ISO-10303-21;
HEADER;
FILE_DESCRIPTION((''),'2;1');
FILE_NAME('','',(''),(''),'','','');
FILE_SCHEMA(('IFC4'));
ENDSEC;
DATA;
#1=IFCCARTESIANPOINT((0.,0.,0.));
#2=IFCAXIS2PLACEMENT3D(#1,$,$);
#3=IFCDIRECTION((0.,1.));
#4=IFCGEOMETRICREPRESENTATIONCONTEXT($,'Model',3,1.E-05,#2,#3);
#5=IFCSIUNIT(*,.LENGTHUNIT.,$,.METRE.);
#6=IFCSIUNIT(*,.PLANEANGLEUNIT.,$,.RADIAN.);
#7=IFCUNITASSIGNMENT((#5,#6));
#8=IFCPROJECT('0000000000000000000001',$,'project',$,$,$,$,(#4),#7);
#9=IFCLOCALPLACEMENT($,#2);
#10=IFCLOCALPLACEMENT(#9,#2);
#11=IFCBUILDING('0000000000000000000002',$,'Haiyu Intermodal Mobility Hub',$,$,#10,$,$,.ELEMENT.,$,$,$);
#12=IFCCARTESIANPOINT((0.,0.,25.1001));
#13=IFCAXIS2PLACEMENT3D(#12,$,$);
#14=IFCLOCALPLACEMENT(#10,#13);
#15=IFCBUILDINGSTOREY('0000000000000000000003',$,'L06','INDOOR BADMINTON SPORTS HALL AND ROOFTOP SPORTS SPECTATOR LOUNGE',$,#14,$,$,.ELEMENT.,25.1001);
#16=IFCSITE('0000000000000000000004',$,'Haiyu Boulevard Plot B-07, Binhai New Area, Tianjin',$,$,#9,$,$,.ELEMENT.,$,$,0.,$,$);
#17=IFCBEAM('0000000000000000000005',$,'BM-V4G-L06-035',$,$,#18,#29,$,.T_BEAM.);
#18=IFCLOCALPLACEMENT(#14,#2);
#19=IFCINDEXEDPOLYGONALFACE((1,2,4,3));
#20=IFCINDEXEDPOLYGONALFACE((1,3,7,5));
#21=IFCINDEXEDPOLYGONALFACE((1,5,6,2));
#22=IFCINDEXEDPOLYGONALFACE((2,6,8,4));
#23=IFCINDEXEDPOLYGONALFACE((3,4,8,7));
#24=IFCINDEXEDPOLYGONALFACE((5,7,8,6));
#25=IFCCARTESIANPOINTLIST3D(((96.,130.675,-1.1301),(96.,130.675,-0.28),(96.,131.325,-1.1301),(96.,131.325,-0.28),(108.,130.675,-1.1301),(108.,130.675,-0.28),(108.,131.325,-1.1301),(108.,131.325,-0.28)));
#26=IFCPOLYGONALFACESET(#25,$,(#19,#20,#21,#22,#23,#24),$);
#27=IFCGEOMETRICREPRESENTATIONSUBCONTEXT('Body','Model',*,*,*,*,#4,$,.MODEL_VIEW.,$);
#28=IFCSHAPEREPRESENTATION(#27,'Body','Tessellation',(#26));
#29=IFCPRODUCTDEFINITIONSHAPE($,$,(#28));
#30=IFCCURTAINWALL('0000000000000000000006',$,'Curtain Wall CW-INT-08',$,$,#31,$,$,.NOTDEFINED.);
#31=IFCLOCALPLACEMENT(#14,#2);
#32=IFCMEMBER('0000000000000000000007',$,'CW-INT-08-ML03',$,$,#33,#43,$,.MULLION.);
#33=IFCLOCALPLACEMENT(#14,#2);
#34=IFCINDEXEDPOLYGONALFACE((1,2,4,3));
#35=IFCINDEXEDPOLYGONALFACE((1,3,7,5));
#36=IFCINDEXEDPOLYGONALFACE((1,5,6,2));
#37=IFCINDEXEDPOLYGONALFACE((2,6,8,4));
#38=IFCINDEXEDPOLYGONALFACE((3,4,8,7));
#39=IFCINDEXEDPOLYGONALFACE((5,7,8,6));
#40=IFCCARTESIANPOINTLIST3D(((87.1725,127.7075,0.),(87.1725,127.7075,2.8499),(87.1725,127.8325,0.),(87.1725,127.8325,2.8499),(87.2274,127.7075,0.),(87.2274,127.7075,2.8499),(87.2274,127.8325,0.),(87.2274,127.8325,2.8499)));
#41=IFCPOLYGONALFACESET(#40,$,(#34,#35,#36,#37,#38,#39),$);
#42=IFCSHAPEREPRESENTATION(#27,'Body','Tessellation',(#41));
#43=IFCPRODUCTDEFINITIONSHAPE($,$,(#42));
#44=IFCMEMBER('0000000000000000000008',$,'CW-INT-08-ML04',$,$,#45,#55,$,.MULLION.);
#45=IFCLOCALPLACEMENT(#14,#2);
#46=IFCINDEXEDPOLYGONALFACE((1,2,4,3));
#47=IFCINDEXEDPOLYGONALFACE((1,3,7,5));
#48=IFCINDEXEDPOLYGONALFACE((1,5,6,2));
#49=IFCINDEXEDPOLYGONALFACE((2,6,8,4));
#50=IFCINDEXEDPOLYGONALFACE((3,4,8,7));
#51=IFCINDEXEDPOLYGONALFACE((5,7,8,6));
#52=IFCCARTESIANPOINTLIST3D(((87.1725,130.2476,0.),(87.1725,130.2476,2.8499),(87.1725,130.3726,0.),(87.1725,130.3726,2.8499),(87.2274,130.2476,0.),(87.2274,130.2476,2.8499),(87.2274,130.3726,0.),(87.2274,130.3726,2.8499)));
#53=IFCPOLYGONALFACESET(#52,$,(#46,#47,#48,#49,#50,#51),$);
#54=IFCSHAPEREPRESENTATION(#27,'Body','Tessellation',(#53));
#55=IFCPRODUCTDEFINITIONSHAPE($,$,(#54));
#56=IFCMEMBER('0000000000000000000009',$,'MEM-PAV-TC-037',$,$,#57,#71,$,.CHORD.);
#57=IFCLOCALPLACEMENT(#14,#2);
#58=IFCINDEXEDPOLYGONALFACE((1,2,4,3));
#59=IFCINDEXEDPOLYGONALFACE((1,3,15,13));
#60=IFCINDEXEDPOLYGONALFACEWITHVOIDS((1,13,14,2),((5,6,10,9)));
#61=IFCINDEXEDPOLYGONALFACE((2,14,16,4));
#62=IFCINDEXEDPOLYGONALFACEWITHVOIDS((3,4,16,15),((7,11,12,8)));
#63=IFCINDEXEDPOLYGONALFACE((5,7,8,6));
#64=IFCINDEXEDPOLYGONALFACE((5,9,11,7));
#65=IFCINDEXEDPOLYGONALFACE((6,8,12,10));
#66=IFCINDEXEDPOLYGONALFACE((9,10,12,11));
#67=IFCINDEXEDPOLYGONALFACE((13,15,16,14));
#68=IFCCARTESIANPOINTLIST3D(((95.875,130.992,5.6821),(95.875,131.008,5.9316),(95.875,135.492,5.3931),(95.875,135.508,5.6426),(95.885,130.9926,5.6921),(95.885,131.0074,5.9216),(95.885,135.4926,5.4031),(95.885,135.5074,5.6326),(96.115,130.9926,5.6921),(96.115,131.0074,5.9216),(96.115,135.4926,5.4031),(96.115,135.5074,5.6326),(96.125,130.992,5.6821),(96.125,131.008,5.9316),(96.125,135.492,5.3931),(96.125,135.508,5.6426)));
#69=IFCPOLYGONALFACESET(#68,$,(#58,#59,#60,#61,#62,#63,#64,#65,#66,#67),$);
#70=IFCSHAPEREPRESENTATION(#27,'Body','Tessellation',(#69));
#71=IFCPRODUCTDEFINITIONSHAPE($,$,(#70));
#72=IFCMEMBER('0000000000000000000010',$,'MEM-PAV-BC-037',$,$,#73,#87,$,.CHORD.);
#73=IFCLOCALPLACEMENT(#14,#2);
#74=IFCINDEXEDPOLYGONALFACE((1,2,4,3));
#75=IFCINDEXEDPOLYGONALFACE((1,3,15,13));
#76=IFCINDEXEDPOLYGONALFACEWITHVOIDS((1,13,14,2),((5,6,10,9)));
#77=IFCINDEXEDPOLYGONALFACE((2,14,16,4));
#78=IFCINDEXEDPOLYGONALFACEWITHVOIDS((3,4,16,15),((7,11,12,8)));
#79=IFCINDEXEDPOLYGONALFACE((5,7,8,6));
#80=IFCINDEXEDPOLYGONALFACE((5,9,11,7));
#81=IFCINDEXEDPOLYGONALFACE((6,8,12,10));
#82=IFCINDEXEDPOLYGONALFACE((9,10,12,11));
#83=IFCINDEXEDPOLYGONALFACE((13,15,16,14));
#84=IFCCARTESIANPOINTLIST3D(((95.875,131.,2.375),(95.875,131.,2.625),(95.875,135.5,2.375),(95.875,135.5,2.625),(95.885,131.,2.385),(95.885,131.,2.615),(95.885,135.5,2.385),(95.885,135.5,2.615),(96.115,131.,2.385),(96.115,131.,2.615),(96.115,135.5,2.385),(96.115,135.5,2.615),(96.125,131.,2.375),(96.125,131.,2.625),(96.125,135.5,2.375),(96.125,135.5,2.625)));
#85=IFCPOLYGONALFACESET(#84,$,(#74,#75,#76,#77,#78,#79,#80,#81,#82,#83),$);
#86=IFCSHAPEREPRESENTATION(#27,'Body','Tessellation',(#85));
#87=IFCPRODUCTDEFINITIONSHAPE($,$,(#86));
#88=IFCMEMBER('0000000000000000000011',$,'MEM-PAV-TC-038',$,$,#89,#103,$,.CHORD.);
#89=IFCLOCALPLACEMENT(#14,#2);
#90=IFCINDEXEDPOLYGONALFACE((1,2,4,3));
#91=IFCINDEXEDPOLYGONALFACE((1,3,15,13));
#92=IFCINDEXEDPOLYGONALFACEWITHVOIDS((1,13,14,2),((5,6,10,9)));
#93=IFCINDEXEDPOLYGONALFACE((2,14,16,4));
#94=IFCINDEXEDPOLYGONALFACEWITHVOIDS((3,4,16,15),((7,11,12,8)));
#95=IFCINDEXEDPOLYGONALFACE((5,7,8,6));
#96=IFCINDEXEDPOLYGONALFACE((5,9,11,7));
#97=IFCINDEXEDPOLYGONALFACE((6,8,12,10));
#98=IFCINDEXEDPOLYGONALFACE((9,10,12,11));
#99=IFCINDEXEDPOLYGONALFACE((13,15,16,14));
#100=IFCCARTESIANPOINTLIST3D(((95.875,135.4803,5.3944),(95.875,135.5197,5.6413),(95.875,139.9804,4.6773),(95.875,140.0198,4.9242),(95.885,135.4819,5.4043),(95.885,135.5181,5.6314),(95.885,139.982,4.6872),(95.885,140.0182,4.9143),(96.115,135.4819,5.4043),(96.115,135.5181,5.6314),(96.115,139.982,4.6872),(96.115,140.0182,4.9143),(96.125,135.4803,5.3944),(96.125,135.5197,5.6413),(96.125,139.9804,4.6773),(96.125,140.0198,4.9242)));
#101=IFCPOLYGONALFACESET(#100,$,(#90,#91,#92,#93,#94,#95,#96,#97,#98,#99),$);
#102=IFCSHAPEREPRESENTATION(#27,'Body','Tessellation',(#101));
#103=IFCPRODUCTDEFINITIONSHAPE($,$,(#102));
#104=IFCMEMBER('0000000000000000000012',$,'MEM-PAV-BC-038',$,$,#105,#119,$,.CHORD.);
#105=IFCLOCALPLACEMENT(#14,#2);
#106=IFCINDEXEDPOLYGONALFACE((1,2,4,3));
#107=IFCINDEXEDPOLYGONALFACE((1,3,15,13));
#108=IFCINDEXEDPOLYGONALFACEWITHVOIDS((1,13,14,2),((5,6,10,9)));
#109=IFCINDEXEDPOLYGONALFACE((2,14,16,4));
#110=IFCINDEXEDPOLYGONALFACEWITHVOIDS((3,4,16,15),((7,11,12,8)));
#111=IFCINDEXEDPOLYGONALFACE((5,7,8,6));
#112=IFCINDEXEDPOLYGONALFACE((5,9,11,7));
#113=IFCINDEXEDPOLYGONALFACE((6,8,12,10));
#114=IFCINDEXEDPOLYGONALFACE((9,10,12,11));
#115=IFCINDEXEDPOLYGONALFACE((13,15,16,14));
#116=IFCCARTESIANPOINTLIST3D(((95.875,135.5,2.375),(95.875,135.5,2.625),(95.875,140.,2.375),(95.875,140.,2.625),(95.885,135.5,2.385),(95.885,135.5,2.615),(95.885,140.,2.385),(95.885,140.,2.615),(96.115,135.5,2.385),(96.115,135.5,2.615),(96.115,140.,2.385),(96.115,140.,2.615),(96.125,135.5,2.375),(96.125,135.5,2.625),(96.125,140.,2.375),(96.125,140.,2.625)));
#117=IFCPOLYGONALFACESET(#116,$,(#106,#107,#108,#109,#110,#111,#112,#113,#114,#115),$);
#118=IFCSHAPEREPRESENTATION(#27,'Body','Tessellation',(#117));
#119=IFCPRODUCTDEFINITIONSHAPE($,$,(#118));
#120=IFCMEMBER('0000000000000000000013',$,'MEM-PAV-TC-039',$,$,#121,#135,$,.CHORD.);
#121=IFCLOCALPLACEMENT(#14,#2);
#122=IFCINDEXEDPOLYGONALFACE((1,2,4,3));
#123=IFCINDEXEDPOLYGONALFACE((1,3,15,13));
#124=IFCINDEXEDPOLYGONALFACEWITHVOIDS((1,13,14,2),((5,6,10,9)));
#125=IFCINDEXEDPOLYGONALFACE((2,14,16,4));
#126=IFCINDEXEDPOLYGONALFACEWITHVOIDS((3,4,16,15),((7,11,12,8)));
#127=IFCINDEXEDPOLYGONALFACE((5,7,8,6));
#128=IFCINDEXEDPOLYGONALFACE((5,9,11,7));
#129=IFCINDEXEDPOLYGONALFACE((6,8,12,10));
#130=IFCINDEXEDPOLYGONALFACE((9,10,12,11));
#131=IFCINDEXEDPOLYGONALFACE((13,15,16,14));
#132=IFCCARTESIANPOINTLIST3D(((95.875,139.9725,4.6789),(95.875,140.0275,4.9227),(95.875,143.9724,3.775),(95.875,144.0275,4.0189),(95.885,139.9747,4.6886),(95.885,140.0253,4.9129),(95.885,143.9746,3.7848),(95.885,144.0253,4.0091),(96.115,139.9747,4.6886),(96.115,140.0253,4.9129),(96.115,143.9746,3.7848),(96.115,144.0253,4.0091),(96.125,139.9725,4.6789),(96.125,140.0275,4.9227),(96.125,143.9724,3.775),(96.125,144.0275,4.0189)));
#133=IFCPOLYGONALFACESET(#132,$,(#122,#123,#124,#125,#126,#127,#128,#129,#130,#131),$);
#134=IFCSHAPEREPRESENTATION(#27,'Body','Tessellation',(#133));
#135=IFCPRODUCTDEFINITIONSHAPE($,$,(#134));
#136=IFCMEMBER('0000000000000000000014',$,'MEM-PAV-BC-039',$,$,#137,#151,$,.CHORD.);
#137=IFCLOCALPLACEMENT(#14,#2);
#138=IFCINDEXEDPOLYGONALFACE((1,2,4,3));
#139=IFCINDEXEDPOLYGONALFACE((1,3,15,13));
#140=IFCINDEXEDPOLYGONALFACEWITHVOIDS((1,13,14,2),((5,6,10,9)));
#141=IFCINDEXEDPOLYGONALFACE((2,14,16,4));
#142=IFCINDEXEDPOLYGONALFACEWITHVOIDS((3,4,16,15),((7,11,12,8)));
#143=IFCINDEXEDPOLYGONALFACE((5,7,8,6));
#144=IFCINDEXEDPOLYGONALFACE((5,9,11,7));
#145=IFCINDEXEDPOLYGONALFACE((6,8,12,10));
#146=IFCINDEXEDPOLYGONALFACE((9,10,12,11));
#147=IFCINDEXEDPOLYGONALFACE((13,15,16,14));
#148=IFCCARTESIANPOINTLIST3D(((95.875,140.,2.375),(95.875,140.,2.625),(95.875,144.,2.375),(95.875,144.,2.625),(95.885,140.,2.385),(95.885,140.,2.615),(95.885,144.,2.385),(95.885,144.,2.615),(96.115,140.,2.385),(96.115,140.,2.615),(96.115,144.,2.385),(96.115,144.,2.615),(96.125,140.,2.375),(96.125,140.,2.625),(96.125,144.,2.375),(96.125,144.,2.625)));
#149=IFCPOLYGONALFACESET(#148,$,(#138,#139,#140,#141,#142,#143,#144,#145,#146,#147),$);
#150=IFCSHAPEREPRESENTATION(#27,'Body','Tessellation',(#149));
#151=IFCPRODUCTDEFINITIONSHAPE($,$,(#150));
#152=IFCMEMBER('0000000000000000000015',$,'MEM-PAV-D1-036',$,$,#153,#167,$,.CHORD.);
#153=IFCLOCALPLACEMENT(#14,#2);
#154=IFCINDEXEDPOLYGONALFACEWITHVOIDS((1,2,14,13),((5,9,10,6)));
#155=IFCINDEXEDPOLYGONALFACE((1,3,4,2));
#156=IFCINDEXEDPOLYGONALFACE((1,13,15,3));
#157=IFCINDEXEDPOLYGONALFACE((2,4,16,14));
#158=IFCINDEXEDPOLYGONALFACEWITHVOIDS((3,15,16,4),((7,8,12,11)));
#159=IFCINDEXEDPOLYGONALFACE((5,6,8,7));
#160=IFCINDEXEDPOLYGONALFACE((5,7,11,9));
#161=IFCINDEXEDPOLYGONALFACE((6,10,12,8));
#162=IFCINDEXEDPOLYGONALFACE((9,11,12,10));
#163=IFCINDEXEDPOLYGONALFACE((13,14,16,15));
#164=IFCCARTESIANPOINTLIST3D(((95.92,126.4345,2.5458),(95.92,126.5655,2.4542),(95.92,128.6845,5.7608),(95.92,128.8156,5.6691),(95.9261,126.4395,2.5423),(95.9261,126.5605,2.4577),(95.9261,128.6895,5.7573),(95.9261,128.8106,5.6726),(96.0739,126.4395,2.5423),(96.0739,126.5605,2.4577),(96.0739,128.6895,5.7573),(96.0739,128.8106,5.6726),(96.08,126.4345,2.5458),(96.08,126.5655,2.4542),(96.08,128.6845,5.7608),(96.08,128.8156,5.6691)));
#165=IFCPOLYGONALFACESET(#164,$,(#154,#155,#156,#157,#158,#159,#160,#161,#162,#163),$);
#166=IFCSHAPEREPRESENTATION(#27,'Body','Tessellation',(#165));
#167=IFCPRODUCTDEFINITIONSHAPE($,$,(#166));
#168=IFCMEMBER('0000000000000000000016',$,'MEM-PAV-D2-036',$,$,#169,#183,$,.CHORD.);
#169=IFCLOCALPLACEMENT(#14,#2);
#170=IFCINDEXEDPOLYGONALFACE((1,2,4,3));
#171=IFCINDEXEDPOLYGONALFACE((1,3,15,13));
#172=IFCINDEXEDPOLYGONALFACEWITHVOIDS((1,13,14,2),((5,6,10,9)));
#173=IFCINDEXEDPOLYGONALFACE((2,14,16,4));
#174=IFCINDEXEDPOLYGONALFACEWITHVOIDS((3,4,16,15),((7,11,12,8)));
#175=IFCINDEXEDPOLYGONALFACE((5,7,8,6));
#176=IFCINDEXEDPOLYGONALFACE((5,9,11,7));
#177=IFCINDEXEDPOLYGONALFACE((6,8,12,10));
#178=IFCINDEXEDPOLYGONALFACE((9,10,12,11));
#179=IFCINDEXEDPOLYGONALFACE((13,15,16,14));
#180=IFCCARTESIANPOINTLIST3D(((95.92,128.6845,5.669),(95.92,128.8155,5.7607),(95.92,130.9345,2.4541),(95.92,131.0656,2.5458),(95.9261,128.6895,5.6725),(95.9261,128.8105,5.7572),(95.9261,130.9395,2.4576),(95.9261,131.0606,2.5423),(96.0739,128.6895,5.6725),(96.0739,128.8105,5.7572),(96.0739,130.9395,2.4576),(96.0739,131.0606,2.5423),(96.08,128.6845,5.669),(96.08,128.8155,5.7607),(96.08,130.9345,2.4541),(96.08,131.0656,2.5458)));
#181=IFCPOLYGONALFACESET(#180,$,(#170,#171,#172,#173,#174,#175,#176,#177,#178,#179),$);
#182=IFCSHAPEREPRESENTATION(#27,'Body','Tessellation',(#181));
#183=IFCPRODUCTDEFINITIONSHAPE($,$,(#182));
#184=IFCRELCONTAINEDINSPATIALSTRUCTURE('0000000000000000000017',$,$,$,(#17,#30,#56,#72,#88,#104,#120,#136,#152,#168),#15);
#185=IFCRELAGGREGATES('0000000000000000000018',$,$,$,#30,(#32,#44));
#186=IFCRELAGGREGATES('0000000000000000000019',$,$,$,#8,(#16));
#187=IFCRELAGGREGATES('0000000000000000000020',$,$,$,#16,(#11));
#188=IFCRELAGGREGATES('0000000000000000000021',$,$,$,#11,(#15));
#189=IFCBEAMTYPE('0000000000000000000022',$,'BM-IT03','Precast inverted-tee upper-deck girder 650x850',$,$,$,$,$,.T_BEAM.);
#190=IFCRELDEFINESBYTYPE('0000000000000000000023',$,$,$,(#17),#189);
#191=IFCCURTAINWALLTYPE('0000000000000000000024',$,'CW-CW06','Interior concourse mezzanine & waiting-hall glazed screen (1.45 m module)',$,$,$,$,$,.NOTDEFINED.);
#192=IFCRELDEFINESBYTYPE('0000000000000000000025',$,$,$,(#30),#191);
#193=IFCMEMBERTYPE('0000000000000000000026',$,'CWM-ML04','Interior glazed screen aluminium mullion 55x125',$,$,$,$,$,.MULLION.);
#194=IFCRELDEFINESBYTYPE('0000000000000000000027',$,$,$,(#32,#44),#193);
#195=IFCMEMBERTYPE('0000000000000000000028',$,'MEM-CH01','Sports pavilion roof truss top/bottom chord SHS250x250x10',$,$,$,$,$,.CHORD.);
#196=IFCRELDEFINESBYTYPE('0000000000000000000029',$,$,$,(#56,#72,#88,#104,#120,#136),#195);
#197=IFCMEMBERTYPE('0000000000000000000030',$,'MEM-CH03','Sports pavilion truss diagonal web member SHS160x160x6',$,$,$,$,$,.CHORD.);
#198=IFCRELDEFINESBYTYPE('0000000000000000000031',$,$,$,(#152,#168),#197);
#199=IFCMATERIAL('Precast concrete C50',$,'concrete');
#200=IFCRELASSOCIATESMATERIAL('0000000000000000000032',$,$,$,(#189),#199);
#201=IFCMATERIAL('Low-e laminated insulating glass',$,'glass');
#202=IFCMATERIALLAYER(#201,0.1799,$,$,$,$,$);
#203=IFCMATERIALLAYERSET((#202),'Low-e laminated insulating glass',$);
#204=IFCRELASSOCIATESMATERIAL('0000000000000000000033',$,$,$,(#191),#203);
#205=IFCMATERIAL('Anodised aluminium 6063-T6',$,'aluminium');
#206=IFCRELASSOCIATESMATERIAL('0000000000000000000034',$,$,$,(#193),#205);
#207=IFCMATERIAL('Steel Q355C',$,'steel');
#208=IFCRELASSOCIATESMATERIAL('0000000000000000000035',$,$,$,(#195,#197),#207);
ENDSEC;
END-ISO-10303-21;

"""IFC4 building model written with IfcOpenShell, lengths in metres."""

from ifc_helpers import new_model, si_unit, direction, frame, origin, origin_2d, place, context, subcontext, project, spatial, rectangle, hollow_rectangle, extrude, material, layer, layer_set, material_profile, profile_set, type_object, element, aggregate, save


model = new_model("IFC4")

# Units and contexts
model_context = context("Model", 3, precision=1e-05, world=origin(), true_north=direction((0.0, 1.0)))
body_context = subcontext(model_context, "Body", "Model", "MODEL_VIEW")
ifc_project = project(units=[si_unit("LENGTHUNIT", "METRE"), si_unit("PLANEANGLEUNIT", "RADIAN")], contexts=[model_context])

# Site, building, storey
site_placement = place(None, origin())
site = spatial("IfcSite", under=ifc_project, at=site_placement, Name="Haiyu Boulevard Plot B-07, Binhai New Area, Tianjin", CompositionType="ELEMENT", RefElevation=0.0)
building_placement = place(site_placement, origin())
building = spatial("IfcBuilding", under=site, at=building_placement, Name="Haiyu Intermodal Mobility Hub", CompositionType="ELEMENT")
storey_placement = place(building_placement, frame((0.0, 0.0, 25.1001)))
storey = spatial("IfcBuildingStorey", under=building, at=storey_placement, Name="L06", Description="INDOOR BADMINTON SPORTS HALL AND ROOFTOP SPORTS SPECTATOR LOUNGE", CompositionType="ELEMENT", Elevation=25.1001)

# Beam
ifc_material_1 = material(Name="Precast concrete C50", Category="concrete")
ifc_material_profile_1 = material_profile(ifc_material_1, rectangle(XDim=0.6499, YDim=0.8501, at=origin_2d()), Name="PC650x850")
ifc_profile_set_1 = profile_set([ifc_material_profile_1], Name="Precast concrete C50")
beam_type = type_object("IfcBeamType", Name="BM-IT03", Description="Precast inverted-tee upper-deck girder 650x850", PredefinedType="T_BEAM", material=ifc_profile_set_1)
beam_placement = place(storey_placement, frame((96.0, 131.0, -0.7051), z_axis=(1.0, 0.0, 0.0), x_axis=(0.0, 1.0, 0.0)))
element("IfcBeam", 1, at=beam_placement, inside=storey, type_object=beam_type, Name="BM-V4G-L06-035", PredefinedType="T_BEAM", context=body_context, shape_type="SweptSolid", body=[
    extrude(rectangle(XDim=0.6499, YDim=0.8501, at=origin_2d()), origin(), (0.0, 0.0, 1.0), 12.0),
])

# Curtain wall, members
ifc_material_2 = material(Name="Low-e laminated insulating glass", Category="glass")
ifc_layer_1 = layer(ifc_material_2, 0.1799)
ifc_layer_set_1 = layer_set([ifc_layer_1], Name="Low-e laminated insulating glass")
curtain_wall_type = type_object("IfcCurtainWallType", Name="CW-CW06", Description="Interior concourse mezzanine & waiting-hall glazed screen (1.45 m module)", PredefinedType="NOTDEFINED", material=ifc_layer_set_1)
curtain_wall_placement = place(storey_placement, origin())
curtain_wall = element("IfcCurtainWall", 2, at=curtain_wall_placement, inside=storey, type_object=curtain_wall_type, Name="Curtain Wall CW-INT-08", PredefinedType="NOTDEFINED")
ifc_material_3 = material(Name="Anodised aluminium 6063-T6", Category="aluminium")
ifc_material_profile_2 = material_profile(ifc_material_3, rectangle(XDim=0.0549, YDim=0.125, at=origin_2d()), Name="ALU55x125")
ifc_profile_set_2 = profile_set([ifc_material_profile_2], Name="Anodised aluminium 6063-T6")
member_type_1 = type_object("IfcMemberType", Name="CWM-ML04", Description="Interior glazed screen aluminium mullion 55x125", PredefinedType="MULLION", material=ifc_profile_set_2)
member_1_placement = place(storey_placement, frame((87.2, 127.77, 0.0), z_axis=(0.0, 0.0, 1.0), x_axis=(1.0, 0.0, 0.0)))
member_1 = element("IfcMember", 3, at=member_1_placement, type_object=member_type_1, Name="CW-INT-08-ML03", PredefinedType="MULLION", context=body_context, shape_type="SweptSolid", body=[
    extrude(rectangle(XDim=0.0549, YDim=0.125, at=origin_2d()), origin(), (0.0, 0.0, 1.0), 2.8499),
])
member_2_placement = place(storey_placement, frame((87.2, 130.3101, 0.0), z_axis=(0.0, 0.0, 1.0), x_axis=(1.0, 0.0, 0.0)))
member_2 = element("IfcMember", 4, at=member_2_placement, type_object=member_type_1, Name="CW-INT-08-ML04", PredefinedType="MULLION", context=body_context, shape_type="SweptSolid", body=[
    extrude(rectangle(XDim=0.0549, YDim=0.125, at=origin_2d()), origin(), (0.0, 0.0, 1.0), 2.8499),
])

# Members
ifc_material_4 = material(Name="Steel Q355C", Category="steel")
ifc_material_profile_3 = material_profile(ifc_material_4, hollow_rectangle(XDim=0.25, YDim=0.25, WallThickness=0.01, at=origin_2d()), Name="SHS250x250x10")
ifc_profile_set_3 = profile_set([ifc_material_profile_3], Name="Steel Q355C")
member_type_2 = type_object("IfcMemberType", Name="MEM-CH01", Description="Sports pavilion roof truss top/bottom chord SHS250x250x10", PredefinedType="CHORD", material=ifc_profile_set_3)
member_3_placement = place(storey_placement, frame((96.0, 131.0, 5.8069), z_axis=(0.0, 0.997943, -0.064104), x_axis=(-1.0, 0.0, 0.0)))
element("IfcMember", 5, at=member_3_placement, inside=storey, type_object=member_type_2, Name="MEM-PAV-TC-037", PredefinedType="CHORD", context=body_context, shape_type="SweptSolid", body=[
    extrude(hollow_rectangle(XDim=0.25, YDim=0.25, WallThickness=0.01, at=origin_2d()), origin(), (0.0, 0.0, 1.0), 4.5093),
])
member_4_placement = place(storey_placement, frame((96.0, 131.0, 2.5), z_axis=(0.0, 1.0, 0.0), x_axis=(-1.0, 0.0, 0.0)))
element("IfcMember", 6, at=member_4_placement, inside=storey, type_object=member_type_2, Name="MEM-PAV-BC-037", PredefinedType="CHORD", context=body_context, shape_type="SweptSolid", body=[
    extrude(hollow_rectangle(XDim=0.25, YDim=0.25, WallThickness=0.01, at=origin_2d()), origin(), (0.0, 0.0, 1.0), 4.5),
])
member_5_placement = place(storey_placement, frame((96.0, 135.5, 5.5178), z_axis=(0.0, 0.987542, -0.157357), x_axis=(-1.0, 0.0, 0.0)))
element("IfcMember", 7, at=member_5_placement, inside=storey, type_object=member_type_2, Name="MEM-PAV-TC-038", PredefinedType="CHORD", context=body_context, shape_type="SweptSolid", body=[
    extrude(hollow_rectangle(XDim=0.25, YDim=0.25, WallThickness=0.01, at=origin_2d()), origin(), (0.0, 0.0, 1.0), 4.5569),
])
member_6_placement = place(storey_placement, frame((96.0, 135.5, 2.5), z_axis=(0.0, 1.0, 0.0), x_axis=(-1.0, 0.0, 0.0)))
element("IfcMember", 8, at=member_6_placement, inside=storey, type_object=member_type_2, Name="MEM-PAV-BC-038", PredefinedType="CHORD", context=body_context, shape_type="SweptSolid", body=[
    extrude(hollow_rectangle(XDim=0.25, YDim=0.25, WallThickness=0.01, at=origin_2d()), origin(), (0.0, 0.0, 1.0), 4.5),
])
member_7_placement = place(storey_placement, frame((96.0, 140.0, 4.8008), z_axis=(0.0, 0.97541, -0.220396), x_axis=(-1.0, 0.0, 0.0)))
element("IfcMember", 9, at=member_7_placement, inside=storey, type_object=member_type_2, Name="MEM-PAV-TC-039", PredefinedType="CHORD", context=body_context, shape_type="SweptSolid", body=[
    extrude(hollow_rectangle(XDim=0.25, YDim=0.25, WallThickness=0.01, at=origin_2d()), origin(), (0.0, 0.0, 1.0), 4.1008),
])
member_8_placement = place(storey_placement, frame((96.0, 140.0, 2.5), z_axis=(0.0, 1.0, 0.0), x_axis=(-1.0, 0.0, 0.0)))
element("IfcMember", 10, at=member_8_placement, inside=storey, type_object=member_type_2, Name="MEM-PAV-BC-039", PredefinedType="CHORD", context=body_context, shape_type="SweptSolid", body=[
    extrude(hollow_rectangle(XDim=0.25, YDim=0.25, WallThickness=0.01, at=origin_2d()), origin(), (0.0, 0.0, 1.0), 4.0),
])
ifc_material_profile_4 = material_profile(ifc_material_4, hollow_rectangle(XDim=0.1599, YDim=0.1599, WallThickness=0.0061, at=origin_2d()), Name="SHS160x160x6")
ifc_profile_set_4 = profile_set([ifc_material_profile_4], Name="Steel Q355C")
member_type_3 = type_object("IfcMemberType", Name="MEM-CH03", Description="Sports pavilion truss diagonal web member SHS160x160x6", PredefinedType="CHORD", material=ifc_profile_set_4)
for number, where, z_axis, x_axis, name in (
    (11, (96.0, 126.5, 2.5), (0.0, 0.573396, 0.819279), (-1.0, 0.0, 0.0), "MEM-PAV-D1-036"),
    (12, (96.0, 128.75, 5.7148), (0.0, 0.573396, -0.819279), (-1.0, 0.0, 0.0), "MEM-PAV-D2-036"),
):
    element("IfcMember", number, at=place(storey_placement, frame(where, z_axis=z_axis, x_axis=x_axis)), inside=storey, type_object=member_type_3, Name=name, PredefinedType="CHORD", context=body_context, shape_type="SweptSolid", body=[
        extrude(hollow_rectangle(XDim=0.1599, YDim=0.1599, WallThickness=0.0061, at=origin_2d()), origin(), (0.0, 0.0, 1.0), 3.9241),
    ])

aggregate(curtain_wall, [member_1, member_2])

save(model, "model.ifc")
